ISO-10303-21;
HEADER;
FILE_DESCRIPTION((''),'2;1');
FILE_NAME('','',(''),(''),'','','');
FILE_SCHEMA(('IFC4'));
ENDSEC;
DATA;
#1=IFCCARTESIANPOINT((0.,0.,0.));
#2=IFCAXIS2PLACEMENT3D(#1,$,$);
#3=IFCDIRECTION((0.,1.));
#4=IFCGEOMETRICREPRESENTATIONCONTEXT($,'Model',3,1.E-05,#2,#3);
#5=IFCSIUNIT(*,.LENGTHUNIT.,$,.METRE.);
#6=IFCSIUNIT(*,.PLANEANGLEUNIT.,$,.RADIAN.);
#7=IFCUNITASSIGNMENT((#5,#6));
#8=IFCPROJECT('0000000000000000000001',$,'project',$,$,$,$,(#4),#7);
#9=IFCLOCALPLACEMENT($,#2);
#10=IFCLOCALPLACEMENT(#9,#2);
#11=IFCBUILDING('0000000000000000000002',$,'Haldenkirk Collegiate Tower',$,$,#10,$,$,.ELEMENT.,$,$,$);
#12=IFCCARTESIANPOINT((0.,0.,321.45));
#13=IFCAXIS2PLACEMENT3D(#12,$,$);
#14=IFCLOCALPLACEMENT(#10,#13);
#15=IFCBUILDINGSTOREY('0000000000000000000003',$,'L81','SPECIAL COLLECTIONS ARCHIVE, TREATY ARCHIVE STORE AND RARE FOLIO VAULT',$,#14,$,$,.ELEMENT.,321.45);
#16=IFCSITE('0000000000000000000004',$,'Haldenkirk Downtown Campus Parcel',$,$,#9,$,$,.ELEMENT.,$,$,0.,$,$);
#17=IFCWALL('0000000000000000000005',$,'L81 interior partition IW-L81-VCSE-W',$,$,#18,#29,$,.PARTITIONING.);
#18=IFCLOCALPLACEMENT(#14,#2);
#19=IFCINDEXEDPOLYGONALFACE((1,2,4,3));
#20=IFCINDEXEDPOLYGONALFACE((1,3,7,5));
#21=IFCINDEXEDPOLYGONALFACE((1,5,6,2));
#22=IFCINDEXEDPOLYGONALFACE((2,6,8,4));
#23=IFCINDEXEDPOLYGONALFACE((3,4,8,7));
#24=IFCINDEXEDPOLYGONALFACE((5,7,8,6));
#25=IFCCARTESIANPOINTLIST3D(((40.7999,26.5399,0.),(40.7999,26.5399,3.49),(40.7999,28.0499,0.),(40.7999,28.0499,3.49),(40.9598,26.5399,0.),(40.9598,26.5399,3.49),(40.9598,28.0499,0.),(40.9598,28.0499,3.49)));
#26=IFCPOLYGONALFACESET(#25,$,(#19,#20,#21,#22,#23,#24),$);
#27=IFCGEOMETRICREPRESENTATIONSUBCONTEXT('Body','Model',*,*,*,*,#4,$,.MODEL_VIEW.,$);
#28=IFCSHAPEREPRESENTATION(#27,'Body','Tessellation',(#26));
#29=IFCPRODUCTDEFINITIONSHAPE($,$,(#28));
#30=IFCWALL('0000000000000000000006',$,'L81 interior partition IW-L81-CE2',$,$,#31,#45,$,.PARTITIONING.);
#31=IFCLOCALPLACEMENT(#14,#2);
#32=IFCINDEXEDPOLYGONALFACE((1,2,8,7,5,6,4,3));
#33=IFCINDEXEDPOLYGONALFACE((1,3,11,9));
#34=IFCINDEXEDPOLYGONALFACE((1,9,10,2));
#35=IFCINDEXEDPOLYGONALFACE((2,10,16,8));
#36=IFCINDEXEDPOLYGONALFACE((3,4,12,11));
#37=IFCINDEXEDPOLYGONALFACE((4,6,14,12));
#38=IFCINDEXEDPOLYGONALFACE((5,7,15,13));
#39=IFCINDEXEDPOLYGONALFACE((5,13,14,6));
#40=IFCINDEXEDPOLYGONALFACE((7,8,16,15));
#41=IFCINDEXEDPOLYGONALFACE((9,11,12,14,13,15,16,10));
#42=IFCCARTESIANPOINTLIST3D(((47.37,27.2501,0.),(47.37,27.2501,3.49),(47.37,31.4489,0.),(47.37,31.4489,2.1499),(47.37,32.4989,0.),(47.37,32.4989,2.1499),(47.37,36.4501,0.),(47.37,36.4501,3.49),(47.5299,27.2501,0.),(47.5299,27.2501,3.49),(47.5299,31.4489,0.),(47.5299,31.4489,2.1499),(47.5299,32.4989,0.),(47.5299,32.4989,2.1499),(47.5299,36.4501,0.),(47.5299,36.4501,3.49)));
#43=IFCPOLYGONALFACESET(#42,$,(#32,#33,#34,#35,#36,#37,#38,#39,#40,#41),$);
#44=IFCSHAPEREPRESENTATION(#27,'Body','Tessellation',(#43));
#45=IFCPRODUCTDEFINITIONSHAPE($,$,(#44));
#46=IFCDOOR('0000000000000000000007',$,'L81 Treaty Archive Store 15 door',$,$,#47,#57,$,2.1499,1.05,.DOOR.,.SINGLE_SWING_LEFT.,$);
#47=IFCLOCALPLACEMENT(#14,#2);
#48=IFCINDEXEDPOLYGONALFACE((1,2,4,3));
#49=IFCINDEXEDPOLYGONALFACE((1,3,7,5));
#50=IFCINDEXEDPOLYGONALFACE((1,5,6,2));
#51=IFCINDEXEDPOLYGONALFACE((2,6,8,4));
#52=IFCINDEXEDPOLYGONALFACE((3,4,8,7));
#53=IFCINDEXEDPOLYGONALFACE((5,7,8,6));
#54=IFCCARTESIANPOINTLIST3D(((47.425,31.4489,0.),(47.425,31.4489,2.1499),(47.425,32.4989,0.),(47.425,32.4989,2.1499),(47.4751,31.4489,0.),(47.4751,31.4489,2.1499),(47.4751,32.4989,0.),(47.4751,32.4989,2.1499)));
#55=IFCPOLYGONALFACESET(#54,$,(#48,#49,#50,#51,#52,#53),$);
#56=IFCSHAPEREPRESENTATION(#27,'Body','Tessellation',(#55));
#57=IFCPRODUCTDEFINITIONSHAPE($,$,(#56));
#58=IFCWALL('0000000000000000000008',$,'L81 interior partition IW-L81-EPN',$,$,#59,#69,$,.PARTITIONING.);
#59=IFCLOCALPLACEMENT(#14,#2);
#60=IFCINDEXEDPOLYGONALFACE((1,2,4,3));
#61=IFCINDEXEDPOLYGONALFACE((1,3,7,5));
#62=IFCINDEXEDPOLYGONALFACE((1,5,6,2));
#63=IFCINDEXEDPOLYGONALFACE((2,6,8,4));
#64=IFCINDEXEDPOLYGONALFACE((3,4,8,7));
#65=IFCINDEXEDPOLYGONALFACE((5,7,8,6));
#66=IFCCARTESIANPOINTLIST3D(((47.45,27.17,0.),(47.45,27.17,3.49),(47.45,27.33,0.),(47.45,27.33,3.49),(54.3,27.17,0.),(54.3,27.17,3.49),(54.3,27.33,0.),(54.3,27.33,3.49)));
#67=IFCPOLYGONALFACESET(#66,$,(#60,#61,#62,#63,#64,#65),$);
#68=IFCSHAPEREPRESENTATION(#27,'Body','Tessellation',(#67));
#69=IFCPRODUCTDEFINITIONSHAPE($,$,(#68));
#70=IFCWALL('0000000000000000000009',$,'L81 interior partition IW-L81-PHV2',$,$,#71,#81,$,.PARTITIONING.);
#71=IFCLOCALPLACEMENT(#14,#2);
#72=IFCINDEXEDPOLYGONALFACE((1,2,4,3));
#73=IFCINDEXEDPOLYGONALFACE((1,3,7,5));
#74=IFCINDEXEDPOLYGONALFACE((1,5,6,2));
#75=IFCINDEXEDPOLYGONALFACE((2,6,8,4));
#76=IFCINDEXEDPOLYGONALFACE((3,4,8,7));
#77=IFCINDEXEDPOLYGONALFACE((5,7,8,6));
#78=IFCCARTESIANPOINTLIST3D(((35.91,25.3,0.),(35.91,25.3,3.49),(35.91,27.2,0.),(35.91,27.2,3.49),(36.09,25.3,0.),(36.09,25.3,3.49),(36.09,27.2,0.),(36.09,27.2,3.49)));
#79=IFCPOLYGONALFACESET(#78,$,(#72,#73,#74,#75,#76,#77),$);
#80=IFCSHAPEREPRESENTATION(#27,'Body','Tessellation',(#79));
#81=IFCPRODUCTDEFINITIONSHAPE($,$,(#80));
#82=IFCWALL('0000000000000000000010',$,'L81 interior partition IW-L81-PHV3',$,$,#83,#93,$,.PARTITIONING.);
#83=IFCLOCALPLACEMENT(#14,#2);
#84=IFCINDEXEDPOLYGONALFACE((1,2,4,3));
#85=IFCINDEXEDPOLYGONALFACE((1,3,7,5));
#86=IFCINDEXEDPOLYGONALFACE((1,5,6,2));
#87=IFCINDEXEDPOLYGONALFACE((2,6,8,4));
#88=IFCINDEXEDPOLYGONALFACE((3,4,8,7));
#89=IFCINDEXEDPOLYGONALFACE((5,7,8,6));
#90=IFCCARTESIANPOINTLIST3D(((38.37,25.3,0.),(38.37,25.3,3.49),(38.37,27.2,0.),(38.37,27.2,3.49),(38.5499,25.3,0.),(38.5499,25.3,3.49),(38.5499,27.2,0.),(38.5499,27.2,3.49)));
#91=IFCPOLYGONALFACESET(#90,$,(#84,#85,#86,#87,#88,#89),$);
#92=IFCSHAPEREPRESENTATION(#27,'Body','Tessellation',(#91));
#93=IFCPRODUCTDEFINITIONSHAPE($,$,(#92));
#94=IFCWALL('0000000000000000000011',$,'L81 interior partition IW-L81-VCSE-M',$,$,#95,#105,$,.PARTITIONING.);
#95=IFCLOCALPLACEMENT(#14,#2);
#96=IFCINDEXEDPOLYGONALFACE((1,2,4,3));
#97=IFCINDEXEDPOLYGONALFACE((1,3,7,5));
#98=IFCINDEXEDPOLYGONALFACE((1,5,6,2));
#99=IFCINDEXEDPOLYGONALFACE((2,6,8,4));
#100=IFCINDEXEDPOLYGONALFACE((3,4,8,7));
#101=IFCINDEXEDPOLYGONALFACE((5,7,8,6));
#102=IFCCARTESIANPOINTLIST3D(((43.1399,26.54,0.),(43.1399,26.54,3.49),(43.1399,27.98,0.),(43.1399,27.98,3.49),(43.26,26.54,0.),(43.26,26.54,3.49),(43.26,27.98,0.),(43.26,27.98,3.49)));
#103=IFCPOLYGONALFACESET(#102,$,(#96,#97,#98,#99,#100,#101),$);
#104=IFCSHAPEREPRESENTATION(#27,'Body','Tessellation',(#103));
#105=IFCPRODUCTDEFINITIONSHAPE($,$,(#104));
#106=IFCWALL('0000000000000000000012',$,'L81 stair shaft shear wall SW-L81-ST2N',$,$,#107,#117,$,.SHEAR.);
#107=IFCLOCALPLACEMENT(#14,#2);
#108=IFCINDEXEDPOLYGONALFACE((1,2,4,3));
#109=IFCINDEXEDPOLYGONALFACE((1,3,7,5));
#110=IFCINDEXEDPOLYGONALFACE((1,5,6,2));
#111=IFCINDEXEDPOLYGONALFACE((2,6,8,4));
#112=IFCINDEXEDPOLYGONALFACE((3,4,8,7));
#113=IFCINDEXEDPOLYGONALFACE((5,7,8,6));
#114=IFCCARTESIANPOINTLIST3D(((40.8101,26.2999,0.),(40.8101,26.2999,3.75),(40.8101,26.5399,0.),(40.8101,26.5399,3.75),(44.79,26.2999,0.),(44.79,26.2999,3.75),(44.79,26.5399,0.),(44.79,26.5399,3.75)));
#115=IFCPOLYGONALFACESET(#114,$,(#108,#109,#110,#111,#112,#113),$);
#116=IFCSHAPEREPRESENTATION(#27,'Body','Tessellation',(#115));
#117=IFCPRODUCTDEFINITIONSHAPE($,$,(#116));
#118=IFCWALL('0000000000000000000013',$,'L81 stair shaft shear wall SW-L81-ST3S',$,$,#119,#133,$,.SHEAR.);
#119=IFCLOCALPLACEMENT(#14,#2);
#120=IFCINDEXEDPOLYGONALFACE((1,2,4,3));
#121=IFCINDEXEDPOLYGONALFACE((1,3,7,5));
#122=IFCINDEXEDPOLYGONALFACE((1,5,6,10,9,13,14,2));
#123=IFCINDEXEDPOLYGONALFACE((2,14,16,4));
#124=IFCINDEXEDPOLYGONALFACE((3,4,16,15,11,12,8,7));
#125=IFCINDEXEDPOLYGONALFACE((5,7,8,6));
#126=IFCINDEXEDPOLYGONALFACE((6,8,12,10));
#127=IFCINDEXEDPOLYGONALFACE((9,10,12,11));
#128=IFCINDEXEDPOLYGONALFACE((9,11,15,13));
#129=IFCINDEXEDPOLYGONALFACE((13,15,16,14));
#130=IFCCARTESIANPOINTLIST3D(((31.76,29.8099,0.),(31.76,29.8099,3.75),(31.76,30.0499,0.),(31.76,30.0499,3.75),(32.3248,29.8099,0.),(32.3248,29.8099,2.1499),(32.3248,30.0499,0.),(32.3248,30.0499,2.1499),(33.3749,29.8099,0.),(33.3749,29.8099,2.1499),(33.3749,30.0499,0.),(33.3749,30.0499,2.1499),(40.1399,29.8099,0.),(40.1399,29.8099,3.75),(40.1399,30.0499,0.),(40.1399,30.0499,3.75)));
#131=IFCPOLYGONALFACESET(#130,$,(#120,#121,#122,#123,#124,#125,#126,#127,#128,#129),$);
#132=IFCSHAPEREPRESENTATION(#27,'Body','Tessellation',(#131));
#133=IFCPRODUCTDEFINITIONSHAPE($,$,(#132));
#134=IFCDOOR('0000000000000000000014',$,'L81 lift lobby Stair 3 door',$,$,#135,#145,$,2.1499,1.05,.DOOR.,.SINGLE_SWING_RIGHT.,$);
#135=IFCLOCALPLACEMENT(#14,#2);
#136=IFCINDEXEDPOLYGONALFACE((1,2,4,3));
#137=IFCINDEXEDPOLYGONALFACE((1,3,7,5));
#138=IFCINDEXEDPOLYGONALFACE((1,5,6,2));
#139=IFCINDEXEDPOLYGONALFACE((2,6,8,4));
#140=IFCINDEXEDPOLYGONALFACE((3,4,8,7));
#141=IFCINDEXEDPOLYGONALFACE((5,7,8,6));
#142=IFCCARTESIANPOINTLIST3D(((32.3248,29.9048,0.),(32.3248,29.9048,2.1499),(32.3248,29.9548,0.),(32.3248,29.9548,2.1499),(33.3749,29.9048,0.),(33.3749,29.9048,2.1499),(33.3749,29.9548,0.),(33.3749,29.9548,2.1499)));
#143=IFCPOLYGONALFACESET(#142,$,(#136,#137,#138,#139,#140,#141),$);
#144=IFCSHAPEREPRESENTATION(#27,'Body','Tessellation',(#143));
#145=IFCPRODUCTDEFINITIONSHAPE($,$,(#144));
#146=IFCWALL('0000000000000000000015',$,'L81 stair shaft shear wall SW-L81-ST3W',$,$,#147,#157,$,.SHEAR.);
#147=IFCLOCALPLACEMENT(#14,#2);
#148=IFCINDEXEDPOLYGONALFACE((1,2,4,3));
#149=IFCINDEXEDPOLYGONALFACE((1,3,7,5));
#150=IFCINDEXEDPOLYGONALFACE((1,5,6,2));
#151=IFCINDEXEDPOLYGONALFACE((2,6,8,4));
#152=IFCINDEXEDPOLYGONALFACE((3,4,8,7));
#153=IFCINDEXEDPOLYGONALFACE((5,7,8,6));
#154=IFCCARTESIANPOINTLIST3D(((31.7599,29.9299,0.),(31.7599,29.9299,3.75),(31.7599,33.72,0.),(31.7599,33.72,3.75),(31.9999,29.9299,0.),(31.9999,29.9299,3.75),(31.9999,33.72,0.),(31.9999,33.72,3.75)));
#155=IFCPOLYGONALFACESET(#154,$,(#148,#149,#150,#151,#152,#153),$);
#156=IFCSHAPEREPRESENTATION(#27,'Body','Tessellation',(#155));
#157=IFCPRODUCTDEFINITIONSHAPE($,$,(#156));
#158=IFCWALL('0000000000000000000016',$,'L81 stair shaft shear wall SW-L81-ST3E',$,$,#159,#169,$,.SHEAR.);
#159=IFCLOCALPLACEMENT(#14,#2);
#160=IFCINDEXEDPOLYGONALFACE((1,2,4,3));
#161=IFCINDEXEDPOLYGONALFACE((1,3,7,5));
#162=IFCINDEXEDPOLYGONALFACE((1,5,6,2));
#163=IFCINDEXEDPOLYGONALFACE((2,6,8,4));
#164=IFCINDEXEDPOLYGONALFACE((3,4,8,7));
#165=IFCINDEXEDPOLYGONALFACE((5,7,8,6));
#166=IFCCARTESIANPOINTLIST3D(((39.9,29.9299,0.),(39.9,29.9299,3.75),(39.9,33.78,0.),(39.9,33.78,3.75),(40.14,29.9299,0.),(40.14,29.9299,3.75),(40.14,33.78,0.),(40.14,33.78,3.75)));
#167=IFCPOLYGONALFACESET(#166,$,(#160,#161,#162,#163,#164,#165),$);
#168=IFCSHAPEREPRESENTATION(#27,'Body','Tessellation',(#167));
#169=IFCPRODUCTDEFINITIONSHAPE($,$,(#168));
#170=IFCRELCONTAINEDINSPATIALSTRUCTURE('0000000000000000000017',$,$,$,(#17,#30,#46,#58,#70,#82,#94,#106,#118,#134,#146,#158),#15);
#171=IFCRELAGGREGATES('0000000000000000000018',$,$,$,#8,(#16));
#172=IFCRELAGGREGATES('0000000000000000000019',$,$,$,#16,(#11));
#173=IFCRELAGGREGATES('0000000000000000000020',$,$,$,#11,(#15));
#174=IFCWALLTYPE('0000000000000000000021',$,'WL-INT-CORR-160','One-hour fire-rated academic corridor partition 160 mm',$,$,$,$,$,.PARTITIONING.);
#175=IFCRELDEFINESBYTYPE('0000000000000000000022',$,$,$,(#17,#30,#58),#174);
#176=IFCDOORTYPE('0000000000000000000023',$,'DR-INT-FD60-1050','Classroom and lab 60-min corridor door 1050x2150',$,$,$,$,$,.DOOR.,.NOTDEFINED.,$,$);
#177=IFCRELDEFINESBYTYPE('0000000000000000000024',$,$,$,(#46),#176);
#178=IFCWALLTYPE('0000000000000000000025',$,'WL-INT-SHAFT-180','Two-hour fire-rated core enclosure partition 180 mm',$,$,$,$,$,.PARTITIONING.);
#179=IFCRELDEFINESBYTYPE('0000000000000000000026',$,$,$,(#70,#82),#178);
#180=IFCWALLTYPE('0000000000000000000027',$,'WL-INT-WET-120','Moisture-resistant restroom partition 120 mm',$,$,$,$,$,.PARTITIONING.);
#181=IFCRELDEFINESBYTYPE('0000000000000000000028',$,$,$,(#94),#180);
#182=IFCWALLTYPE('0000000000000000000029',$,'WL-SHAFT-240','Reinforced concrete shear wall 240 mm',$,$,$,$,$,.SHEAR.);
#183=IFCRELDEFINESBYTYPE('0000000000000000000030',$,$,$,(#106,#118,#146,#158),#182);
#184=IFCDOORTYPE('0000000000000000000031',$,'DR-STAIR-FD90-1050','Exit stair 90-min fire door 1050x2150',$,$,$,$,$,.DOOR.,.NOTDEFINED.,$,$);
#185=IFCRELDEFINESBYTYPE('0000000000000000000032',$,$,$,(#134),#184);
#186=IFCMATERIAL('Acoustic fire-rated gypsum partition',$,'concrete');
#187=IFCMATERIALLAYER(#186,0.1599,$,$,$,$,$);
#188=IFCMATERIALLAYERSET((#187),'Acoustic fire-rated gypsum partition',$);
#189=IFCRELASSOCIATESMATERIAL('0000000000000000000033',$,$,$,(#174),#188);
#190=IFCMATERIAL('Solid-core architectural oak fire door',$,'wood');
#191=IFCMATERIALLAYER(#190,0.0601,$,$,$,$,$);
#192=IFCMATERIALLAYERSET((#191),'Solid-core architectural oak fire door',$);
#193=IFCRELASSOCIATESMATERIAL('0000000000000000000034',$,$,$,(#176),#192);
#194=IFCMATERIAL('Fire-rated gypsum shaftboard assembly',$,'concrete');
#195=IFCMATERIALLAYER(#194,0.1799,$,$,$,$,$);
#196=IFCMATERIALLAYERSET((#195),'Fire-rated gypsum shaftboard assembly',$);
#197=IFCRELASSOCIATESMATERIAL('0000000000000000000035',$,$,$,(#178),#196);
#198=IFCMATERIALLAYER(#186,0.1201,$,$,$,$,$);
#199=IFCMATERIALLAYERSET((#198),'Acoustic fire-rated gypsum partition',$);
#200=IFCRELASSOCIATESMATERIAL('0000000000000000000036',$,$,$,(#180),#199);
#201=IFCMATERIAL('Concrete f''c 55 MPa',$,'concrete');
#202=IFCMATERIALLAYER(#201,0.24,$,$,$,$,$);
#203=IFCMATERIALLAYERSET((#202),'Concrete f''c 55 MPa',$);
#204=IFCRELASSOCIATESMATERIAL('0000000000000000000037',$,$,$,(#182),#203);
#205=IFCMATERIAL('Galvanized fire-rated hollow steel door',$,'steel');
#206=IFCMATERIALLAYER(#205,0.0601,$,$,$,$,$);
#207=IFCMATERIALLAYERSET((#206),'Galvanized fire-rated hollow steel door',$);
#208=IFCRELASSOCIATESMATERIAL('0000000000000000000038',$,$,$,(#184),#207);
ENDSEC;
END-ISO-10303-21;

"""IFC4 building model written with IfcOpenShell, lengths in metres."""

from ifc_helpers import new_model, si_unit, direction, frame, frame_2d, origin, place, context, subcontext, project, spatial, rectangle, extrude, material, layer, layer_set, type_object, element, fill, save


model = new_model("IFC4")

# Units and contexts
model_context = context("Model", 3, precision=1e-05, world=origin(), true_north=direction((0.0, 1.0)))
body_context = subcontext(model_context, "Body", "Model", "MODEL_VIEW")
ifc_project = project(units=[si_unit("LENGTHUNIT", "METRE"), si_unit("PLANEANGLEUNIT", "RADIAN")], contexts=[model_context])

# Site, building, storey
site_placement = place(None, origin())
site = spatial("IfcSite", under=ifc_project, at=site_placement, Name="Haldenkirk Downtown Campus Parcel", CompositionType="ELEMENT", RefElevation=0.0)
building_placement = place(site_placement, origin())
building = spatial("IfcBuilding", under=site, at=building_placement, Name="Haldenkirk Collegiate Tower", CompositionType="ELEMENT")
storey_placement = place(building_placement, frame((0.0, 0.0, 321.45)))
storey = spatial("IfcBuildingStorey", under=building, at=storey_placement, Name="L81", Description="SPECIAL COLLECTIONS ARCHIVE, TREATY ARCHIVE STORE AND RARE FOLIO VAULT", CompositionType="ELEMENT", Elevation=321.45)

# Shared definitions
ifc_material_1 = material(Name="Acoustic fire-rated gypsum partition", Category="concrete")
ifc_layer_1 = layer(ifc_material_1, 0.1599)
ifc_layer_set_1 = layer_set([ifc_layer_1], Name="Acoustic fire-rated gypsum partition")
wall_type_1 = type_object("IfcWallType", Name="WL-INT-CORR-160", Description="One-hour fire-rated academic corridor partition 160 mm", PredefinedType="PARTITIONING", material=ifc_layer_set_1)
ifc_material_2 = material(Name="Solid-core architectural oak fire door", Category="wood")

# Wall
wall_1_placement = place(storey_placement, frame((40.8799, 26.54, 0.0), z_axis=(0.0, 0.0, 1.0), x_axis=(0.0, 1.0, 0.0)))
element("IfcWall", 1, at=wall_1_placement, inside=storey, type_object=wall_type_1, Name="L81 interior partition IW-L81-VCSE-W", PredefinedType="PARTITIONING", context=body_context, shape_type="SweptSolid", body=[
    extrude(rectangle(XDim=1.51, YDim=0.1599, at=frame_2d((0.7549, 0.0))), origin(), (0.0, 0.0, 1.0), 3.49),
])

# Wall, opening, door
wall_2_placement = place(storey_placement, frame((47.45, 27.25, 0.0), z_axis=(0.0, 0.0, 1.0), x_axis=(0.0, 1.0, 0.0)))
wall_2 = element("IfcWall", 2, at=wall_2_placement, inside=storey, type_object=wall_type_1, Name="L81 interior partition IW-L81-CE2", PredefinedType="PARTITIONING", context=body_context, shape_type="SweptSolid", body=[
    extrude(rectangle(XDim=9.2, YDim=0.1599, at=frame_2d((4.6001, 0.0))), origin(), (0.0, 0.0, 1.0), 3.49),
])
opening_1_placement = place(wall_2_placement, frame((4.199, 0.0, 0.0)))
opening_1 = element("IfcOpeningElement", 3, at=opening_1_placement, cuts=wall_2, PredefinedType="OPENING", context=body_context, shape_type="SweptSolid", body=[
    extrude(rectangle(XDim=1.05, YDim=2.1499, at=frame_2d((0.5249, 1.075))), frame((0.0, 0.0898, 0.0), z_axis=(0.0, -1.0, 0.0), x_axis=(1.0, 0.0, 0.0)), (0.0, 0.0, 1.0), 0.1799),
])
ifc_layer_2 = layer(ifc_material_2, 0.0601)
ifc_layer_set_2 = layer_set([ifc_layer_2], Name="Solid-core architectural oak fire door")
door_type_1 = type_object("IfcDoorType", Name="DR-INT-FD60-1050", Description="Classroom and lab 60-min corridor door 1050x2150", OperationType="NOTDEFINED", PredefinedType="DOOR", material=ifc_layer_set_2)
door_1_placement = place(opening_1_placement, origin())
door_1 = element("IfcDoor", 4, at=door_1_placement, inside=storey, type_object=door_type_1, Name="L81 Treaty Archive Store 15 door", OperationType="SINGLE_SWING_LEFT", OverallHeight=2.1499, OverallWidth=1.05, PredefinedType="DOOR", context=body_context, shape_type="SweptSolid", body=[
    extrude(rectangle(XDim=1.05, YDim=2.1499, at=frame_2d((0.5249, 1.075))), frame((0.0, 0.0249, 0.0), z_axis=(0.0, -1.0, 0.0), x_axis=(1.0, 0.0, 0.0)), (0.0, 0.0, 1.0), 0.05),
])
fill(opening_1, door_1)

# Walls
wall_3_placement = place(storey_placement, frame((47.45, 27.25, 0.0), z_axis=(0.0, 0.0, 1.0), x_axis=(1.0, 0.0, 0.0)))
element("IfcWall", 5, at=wall_3_placement, inside=storey, type_object=wall_type_1, Name="L81 interior partition IW-L81-EPN", PredefinedType="PARTITIONING", context=body_context, shape_type="SweptSolid", body=[
    extrude(rectangle(XDim=6.8501, YDim=0.1599, at=frame_2d((3.425, 0.0))), origin(), (0.0, 0.0, 1.0), 3.49),
])
ifc_material_3 = material(Name="Fire-rated gypsum shaftboard assembly", Category="concrete")
ifc_layer_3 = layer(ifc_material_3, 0.1799)
ifc_layer_set_3 = layer_set([ifc_layer_3], Name="Fire-rated gypsum shaftboard assembly")
wall_type_2 = type_object("IfcWallType", Name="WL-INT-SHAFT-180", Description="Two-hour fire-rated core enclosure partition 180 mm", PredefinedType="PARTITIONING", material=ifc_layer_set_3)
for number, where, z_axis, x_axis, name in (
    (6, (36.0, 25.3, 0.0), (0.0, 0.0, 1.0), (0.0, 1.0, 0.0), "L81 interior partition IW-L81-PHV2"),
    (7, (38.46, 25.3, 0.0), (0.0, 0.0, 1.0), (0.0, 1.0, 0.0), "L81 interior partition IW-L81-PHV3"),
):
    element("IfcWall", number, at=place(storey_placement, frame(where, z_axis=z_axis, x_axis=x_axis)), inside=storey, type_object=wall_type_2, Name=name, PredefinedType="PARTITIONING", context=body_context, shape_type="SweptSolid", body=[
        extrude(rectangle(XDim=1.8999, YDim=0.1799, at=frame_2d((0.95, 0.0))), origin(), (0.0, 0.0, 1.0), 3.49),
    ])
ifc_layer_4 = layer(ifc_material_1, 0.1201)
ifc_layer_set_4 = layer_set([ifc_layer_4], Name="Acoustic fire-rated gypsum partition")
wall_type_3 = type_object("IfcWallType", Name="WL-INT-WET-120", Description="Moisture-resistant restroom partition 120 mm", PredefinedType="PARTITIONING", material=ifc_layer_set_4)
wall_4_placement = place(storey_placement, frame((43.2, 26.54, 0.0), z_axis=(0.0, 0.0, 1.0), x_axis=(0.0, 1.0, 0.0)))
element("IfcWall", 8, at=wall_4_placement, inside=storey, type_object=wall_type_3, Name="L81 interior partition IW-L81-VCSE-M", PredefinedType="PARTITIONING", context=body_context, shape_type="SweptSolid", body=[
    extrude(rectangle(XDim=1.4399, YDim=0.1201, at=frame_2d((0.72, 0.0))), origin(), (0.0, 0.0, 1.0), 3.49),
])
ifc_material_4 = material(Name="Concrete f'c 55 MPa", Category="concrete")
ifc_layer_5 = layer(ifc_material_4, 0.24)
ifc_layer_set_5 = layer_set([ifc_layer_5], Name="Concrete f'c 55 MPa")
wall_type_4 = type_object("IfcWallType", Name="WL-SHAFT-240", Description="Reinforced concrete shear wall 240 mm", PredefinedType="SHEAR", material=ifc_layer_set_5)
wall_5_placement = place(storey_placement, frame((40.8101, 26.4199, 0.0), z_axis=(0.0, 0.0, 1.0), x_axis=(1.0, 0.0, 0.0)))
element("IfcWall", 9, at=wall_5_placement, inside=storey, type_object=wall_type_4, Name="L81 stair shaft shear wall SW-L81-ST2N", PredefinedType="SHEAR", context=body_context, shape_type="SweptSolid", body=[
    extrude(rectangle(XDim=3.98, YDim=0.24, at=frame_2d((1.99, 0.0))), origin(), (0.0, 0.0, 1.0), 3.75),
])

# Wall, opening, door
wall_6_placement = place(storey_placement, frame((31.76, 29.9299, 0.0), z_axis=(0.0, 0.0, 1.0), x_axis=(1.0, 0.0, 0.0)))
wall_6 = element("IfcWall", 10, at=wall_6_placement, inside=storey, type_object=wall_type_4, Name="L81 stair shaft shear wall SW-L81-ST3S", PredefinedType="SHEAR", context=body_context, shape_type="SweptSolid", body=[
    extrude(rectangle(XDim=8.3799, YDim=0.24, at=frame_2d((4.1899, 0.0))), origin(), (0.0, 0.0, 1.0), 3.75),
])
opening_2_placement = place(wall_6_placement, frame((0.5649, 0.0, 0.0)))
opening_2 = element("IfcOpeningElement", 11, at=opening_2_placement, cuts=wall_6, PredefinedType="OPENING", context=body_context, shape_type="SweptSolid", body=[
    extrude(rectangle(XDim=1.05, YDim=2.1499, at=frame_2d((0.5249, 1.075))), frame((0.0, 0.1299, 0.0), z_axis=(0.0, -1.0, 0.0), x_axis=(1.0, 0.0, 0.0)), (0.0, 0.0, 1.0), 0.26),
])
ifc_material_5 = material(Name="Galvanized fire-rated hollow steel door", Category="steel")
ifc_layer_6 = layer(ifc_material_5, 0.0601)
ifc_layer_set_6 = layer_set([ifc_layer_6], Name="Galvanized fire-rated hollow steel door")
door_type_2 = type_object("IfcDoorType", Name="DR-STAIR-FD90-1050", Description="Exit stair 90-min fire door 1050x2150", OperationType="NOTDEFINED", PredefinedType="DOOR", material=ifc_layer_set_6)
door_2_placement = place(opening_2_placement, origin())
door_2 = element("IfcDoor", 12, at=door_2_placement, inside=storey, type_object=door_type_2, Name="L81 lift lobby Stair 3 door", OperationType="SINGLE_SWING_RIGHT", OverallHeight=2.1499, OverallWidth=1.05, PredefinedType="DOOR", context=body_context, shape_type="SweptSolid", body=[
    extrude(rectangle(XDim=1.05, YDim=2.1499, at=frame_2d((0.5249, 1.075))), frame((0.0, 0.0249, 0.0), z_axis=(0.0, -1.0, 0.0), x_axis=(1.0, 0.0, 0.0)), (0.0, 0.0, 1.0), 0.05),
])
fill(opening_2, door_2)

# Walls
wall_7_placement = place(storey_placement, frame((31.8799, 29.9299, 0.0), z_axis=(0.0, 0.0, 1.0), x_axis=(0.0, 1.0, 0.0)))
element("IfcWall", 13, at=wall_7_placement, inside=storey, type_object=wall_type_4, Name="L81 stair shaft shear wall SW-L81-ST3W", PredefinedType="SHEAR", context=body_context, shape_type="SweptSolid", body=[
    extrude(rectangle(XDim=3.79, YDim=0.24, at=frame_2d((1.895, 0.0))), origin(), (0.0, 0.0, 1.0), 3.75),
])
wall_8_placement = place(storey_placement, frame((40.02, 29.9299, 0.0), z_axis=(0.0, 0.0, 1.0), x_axis=(0.0, 1.0, 0.0)))
element("IfcWall", 14, at=wall_8_placement, inside=storey, type_object=wall_type_4, Name="L81 stair shaft shear wall SW-L81-ST3E", PredefinedType="SHEAR", context=body_context, shape_type="SweptSolid", body=[
    extrude(rectangle(XDim=3.8501, YDim=0.24, at=frame_2d((1.925, 0.0))), origin(), (0.0, 0.0, 1.0), 3.75),
])

save(model, "model.ifc")
